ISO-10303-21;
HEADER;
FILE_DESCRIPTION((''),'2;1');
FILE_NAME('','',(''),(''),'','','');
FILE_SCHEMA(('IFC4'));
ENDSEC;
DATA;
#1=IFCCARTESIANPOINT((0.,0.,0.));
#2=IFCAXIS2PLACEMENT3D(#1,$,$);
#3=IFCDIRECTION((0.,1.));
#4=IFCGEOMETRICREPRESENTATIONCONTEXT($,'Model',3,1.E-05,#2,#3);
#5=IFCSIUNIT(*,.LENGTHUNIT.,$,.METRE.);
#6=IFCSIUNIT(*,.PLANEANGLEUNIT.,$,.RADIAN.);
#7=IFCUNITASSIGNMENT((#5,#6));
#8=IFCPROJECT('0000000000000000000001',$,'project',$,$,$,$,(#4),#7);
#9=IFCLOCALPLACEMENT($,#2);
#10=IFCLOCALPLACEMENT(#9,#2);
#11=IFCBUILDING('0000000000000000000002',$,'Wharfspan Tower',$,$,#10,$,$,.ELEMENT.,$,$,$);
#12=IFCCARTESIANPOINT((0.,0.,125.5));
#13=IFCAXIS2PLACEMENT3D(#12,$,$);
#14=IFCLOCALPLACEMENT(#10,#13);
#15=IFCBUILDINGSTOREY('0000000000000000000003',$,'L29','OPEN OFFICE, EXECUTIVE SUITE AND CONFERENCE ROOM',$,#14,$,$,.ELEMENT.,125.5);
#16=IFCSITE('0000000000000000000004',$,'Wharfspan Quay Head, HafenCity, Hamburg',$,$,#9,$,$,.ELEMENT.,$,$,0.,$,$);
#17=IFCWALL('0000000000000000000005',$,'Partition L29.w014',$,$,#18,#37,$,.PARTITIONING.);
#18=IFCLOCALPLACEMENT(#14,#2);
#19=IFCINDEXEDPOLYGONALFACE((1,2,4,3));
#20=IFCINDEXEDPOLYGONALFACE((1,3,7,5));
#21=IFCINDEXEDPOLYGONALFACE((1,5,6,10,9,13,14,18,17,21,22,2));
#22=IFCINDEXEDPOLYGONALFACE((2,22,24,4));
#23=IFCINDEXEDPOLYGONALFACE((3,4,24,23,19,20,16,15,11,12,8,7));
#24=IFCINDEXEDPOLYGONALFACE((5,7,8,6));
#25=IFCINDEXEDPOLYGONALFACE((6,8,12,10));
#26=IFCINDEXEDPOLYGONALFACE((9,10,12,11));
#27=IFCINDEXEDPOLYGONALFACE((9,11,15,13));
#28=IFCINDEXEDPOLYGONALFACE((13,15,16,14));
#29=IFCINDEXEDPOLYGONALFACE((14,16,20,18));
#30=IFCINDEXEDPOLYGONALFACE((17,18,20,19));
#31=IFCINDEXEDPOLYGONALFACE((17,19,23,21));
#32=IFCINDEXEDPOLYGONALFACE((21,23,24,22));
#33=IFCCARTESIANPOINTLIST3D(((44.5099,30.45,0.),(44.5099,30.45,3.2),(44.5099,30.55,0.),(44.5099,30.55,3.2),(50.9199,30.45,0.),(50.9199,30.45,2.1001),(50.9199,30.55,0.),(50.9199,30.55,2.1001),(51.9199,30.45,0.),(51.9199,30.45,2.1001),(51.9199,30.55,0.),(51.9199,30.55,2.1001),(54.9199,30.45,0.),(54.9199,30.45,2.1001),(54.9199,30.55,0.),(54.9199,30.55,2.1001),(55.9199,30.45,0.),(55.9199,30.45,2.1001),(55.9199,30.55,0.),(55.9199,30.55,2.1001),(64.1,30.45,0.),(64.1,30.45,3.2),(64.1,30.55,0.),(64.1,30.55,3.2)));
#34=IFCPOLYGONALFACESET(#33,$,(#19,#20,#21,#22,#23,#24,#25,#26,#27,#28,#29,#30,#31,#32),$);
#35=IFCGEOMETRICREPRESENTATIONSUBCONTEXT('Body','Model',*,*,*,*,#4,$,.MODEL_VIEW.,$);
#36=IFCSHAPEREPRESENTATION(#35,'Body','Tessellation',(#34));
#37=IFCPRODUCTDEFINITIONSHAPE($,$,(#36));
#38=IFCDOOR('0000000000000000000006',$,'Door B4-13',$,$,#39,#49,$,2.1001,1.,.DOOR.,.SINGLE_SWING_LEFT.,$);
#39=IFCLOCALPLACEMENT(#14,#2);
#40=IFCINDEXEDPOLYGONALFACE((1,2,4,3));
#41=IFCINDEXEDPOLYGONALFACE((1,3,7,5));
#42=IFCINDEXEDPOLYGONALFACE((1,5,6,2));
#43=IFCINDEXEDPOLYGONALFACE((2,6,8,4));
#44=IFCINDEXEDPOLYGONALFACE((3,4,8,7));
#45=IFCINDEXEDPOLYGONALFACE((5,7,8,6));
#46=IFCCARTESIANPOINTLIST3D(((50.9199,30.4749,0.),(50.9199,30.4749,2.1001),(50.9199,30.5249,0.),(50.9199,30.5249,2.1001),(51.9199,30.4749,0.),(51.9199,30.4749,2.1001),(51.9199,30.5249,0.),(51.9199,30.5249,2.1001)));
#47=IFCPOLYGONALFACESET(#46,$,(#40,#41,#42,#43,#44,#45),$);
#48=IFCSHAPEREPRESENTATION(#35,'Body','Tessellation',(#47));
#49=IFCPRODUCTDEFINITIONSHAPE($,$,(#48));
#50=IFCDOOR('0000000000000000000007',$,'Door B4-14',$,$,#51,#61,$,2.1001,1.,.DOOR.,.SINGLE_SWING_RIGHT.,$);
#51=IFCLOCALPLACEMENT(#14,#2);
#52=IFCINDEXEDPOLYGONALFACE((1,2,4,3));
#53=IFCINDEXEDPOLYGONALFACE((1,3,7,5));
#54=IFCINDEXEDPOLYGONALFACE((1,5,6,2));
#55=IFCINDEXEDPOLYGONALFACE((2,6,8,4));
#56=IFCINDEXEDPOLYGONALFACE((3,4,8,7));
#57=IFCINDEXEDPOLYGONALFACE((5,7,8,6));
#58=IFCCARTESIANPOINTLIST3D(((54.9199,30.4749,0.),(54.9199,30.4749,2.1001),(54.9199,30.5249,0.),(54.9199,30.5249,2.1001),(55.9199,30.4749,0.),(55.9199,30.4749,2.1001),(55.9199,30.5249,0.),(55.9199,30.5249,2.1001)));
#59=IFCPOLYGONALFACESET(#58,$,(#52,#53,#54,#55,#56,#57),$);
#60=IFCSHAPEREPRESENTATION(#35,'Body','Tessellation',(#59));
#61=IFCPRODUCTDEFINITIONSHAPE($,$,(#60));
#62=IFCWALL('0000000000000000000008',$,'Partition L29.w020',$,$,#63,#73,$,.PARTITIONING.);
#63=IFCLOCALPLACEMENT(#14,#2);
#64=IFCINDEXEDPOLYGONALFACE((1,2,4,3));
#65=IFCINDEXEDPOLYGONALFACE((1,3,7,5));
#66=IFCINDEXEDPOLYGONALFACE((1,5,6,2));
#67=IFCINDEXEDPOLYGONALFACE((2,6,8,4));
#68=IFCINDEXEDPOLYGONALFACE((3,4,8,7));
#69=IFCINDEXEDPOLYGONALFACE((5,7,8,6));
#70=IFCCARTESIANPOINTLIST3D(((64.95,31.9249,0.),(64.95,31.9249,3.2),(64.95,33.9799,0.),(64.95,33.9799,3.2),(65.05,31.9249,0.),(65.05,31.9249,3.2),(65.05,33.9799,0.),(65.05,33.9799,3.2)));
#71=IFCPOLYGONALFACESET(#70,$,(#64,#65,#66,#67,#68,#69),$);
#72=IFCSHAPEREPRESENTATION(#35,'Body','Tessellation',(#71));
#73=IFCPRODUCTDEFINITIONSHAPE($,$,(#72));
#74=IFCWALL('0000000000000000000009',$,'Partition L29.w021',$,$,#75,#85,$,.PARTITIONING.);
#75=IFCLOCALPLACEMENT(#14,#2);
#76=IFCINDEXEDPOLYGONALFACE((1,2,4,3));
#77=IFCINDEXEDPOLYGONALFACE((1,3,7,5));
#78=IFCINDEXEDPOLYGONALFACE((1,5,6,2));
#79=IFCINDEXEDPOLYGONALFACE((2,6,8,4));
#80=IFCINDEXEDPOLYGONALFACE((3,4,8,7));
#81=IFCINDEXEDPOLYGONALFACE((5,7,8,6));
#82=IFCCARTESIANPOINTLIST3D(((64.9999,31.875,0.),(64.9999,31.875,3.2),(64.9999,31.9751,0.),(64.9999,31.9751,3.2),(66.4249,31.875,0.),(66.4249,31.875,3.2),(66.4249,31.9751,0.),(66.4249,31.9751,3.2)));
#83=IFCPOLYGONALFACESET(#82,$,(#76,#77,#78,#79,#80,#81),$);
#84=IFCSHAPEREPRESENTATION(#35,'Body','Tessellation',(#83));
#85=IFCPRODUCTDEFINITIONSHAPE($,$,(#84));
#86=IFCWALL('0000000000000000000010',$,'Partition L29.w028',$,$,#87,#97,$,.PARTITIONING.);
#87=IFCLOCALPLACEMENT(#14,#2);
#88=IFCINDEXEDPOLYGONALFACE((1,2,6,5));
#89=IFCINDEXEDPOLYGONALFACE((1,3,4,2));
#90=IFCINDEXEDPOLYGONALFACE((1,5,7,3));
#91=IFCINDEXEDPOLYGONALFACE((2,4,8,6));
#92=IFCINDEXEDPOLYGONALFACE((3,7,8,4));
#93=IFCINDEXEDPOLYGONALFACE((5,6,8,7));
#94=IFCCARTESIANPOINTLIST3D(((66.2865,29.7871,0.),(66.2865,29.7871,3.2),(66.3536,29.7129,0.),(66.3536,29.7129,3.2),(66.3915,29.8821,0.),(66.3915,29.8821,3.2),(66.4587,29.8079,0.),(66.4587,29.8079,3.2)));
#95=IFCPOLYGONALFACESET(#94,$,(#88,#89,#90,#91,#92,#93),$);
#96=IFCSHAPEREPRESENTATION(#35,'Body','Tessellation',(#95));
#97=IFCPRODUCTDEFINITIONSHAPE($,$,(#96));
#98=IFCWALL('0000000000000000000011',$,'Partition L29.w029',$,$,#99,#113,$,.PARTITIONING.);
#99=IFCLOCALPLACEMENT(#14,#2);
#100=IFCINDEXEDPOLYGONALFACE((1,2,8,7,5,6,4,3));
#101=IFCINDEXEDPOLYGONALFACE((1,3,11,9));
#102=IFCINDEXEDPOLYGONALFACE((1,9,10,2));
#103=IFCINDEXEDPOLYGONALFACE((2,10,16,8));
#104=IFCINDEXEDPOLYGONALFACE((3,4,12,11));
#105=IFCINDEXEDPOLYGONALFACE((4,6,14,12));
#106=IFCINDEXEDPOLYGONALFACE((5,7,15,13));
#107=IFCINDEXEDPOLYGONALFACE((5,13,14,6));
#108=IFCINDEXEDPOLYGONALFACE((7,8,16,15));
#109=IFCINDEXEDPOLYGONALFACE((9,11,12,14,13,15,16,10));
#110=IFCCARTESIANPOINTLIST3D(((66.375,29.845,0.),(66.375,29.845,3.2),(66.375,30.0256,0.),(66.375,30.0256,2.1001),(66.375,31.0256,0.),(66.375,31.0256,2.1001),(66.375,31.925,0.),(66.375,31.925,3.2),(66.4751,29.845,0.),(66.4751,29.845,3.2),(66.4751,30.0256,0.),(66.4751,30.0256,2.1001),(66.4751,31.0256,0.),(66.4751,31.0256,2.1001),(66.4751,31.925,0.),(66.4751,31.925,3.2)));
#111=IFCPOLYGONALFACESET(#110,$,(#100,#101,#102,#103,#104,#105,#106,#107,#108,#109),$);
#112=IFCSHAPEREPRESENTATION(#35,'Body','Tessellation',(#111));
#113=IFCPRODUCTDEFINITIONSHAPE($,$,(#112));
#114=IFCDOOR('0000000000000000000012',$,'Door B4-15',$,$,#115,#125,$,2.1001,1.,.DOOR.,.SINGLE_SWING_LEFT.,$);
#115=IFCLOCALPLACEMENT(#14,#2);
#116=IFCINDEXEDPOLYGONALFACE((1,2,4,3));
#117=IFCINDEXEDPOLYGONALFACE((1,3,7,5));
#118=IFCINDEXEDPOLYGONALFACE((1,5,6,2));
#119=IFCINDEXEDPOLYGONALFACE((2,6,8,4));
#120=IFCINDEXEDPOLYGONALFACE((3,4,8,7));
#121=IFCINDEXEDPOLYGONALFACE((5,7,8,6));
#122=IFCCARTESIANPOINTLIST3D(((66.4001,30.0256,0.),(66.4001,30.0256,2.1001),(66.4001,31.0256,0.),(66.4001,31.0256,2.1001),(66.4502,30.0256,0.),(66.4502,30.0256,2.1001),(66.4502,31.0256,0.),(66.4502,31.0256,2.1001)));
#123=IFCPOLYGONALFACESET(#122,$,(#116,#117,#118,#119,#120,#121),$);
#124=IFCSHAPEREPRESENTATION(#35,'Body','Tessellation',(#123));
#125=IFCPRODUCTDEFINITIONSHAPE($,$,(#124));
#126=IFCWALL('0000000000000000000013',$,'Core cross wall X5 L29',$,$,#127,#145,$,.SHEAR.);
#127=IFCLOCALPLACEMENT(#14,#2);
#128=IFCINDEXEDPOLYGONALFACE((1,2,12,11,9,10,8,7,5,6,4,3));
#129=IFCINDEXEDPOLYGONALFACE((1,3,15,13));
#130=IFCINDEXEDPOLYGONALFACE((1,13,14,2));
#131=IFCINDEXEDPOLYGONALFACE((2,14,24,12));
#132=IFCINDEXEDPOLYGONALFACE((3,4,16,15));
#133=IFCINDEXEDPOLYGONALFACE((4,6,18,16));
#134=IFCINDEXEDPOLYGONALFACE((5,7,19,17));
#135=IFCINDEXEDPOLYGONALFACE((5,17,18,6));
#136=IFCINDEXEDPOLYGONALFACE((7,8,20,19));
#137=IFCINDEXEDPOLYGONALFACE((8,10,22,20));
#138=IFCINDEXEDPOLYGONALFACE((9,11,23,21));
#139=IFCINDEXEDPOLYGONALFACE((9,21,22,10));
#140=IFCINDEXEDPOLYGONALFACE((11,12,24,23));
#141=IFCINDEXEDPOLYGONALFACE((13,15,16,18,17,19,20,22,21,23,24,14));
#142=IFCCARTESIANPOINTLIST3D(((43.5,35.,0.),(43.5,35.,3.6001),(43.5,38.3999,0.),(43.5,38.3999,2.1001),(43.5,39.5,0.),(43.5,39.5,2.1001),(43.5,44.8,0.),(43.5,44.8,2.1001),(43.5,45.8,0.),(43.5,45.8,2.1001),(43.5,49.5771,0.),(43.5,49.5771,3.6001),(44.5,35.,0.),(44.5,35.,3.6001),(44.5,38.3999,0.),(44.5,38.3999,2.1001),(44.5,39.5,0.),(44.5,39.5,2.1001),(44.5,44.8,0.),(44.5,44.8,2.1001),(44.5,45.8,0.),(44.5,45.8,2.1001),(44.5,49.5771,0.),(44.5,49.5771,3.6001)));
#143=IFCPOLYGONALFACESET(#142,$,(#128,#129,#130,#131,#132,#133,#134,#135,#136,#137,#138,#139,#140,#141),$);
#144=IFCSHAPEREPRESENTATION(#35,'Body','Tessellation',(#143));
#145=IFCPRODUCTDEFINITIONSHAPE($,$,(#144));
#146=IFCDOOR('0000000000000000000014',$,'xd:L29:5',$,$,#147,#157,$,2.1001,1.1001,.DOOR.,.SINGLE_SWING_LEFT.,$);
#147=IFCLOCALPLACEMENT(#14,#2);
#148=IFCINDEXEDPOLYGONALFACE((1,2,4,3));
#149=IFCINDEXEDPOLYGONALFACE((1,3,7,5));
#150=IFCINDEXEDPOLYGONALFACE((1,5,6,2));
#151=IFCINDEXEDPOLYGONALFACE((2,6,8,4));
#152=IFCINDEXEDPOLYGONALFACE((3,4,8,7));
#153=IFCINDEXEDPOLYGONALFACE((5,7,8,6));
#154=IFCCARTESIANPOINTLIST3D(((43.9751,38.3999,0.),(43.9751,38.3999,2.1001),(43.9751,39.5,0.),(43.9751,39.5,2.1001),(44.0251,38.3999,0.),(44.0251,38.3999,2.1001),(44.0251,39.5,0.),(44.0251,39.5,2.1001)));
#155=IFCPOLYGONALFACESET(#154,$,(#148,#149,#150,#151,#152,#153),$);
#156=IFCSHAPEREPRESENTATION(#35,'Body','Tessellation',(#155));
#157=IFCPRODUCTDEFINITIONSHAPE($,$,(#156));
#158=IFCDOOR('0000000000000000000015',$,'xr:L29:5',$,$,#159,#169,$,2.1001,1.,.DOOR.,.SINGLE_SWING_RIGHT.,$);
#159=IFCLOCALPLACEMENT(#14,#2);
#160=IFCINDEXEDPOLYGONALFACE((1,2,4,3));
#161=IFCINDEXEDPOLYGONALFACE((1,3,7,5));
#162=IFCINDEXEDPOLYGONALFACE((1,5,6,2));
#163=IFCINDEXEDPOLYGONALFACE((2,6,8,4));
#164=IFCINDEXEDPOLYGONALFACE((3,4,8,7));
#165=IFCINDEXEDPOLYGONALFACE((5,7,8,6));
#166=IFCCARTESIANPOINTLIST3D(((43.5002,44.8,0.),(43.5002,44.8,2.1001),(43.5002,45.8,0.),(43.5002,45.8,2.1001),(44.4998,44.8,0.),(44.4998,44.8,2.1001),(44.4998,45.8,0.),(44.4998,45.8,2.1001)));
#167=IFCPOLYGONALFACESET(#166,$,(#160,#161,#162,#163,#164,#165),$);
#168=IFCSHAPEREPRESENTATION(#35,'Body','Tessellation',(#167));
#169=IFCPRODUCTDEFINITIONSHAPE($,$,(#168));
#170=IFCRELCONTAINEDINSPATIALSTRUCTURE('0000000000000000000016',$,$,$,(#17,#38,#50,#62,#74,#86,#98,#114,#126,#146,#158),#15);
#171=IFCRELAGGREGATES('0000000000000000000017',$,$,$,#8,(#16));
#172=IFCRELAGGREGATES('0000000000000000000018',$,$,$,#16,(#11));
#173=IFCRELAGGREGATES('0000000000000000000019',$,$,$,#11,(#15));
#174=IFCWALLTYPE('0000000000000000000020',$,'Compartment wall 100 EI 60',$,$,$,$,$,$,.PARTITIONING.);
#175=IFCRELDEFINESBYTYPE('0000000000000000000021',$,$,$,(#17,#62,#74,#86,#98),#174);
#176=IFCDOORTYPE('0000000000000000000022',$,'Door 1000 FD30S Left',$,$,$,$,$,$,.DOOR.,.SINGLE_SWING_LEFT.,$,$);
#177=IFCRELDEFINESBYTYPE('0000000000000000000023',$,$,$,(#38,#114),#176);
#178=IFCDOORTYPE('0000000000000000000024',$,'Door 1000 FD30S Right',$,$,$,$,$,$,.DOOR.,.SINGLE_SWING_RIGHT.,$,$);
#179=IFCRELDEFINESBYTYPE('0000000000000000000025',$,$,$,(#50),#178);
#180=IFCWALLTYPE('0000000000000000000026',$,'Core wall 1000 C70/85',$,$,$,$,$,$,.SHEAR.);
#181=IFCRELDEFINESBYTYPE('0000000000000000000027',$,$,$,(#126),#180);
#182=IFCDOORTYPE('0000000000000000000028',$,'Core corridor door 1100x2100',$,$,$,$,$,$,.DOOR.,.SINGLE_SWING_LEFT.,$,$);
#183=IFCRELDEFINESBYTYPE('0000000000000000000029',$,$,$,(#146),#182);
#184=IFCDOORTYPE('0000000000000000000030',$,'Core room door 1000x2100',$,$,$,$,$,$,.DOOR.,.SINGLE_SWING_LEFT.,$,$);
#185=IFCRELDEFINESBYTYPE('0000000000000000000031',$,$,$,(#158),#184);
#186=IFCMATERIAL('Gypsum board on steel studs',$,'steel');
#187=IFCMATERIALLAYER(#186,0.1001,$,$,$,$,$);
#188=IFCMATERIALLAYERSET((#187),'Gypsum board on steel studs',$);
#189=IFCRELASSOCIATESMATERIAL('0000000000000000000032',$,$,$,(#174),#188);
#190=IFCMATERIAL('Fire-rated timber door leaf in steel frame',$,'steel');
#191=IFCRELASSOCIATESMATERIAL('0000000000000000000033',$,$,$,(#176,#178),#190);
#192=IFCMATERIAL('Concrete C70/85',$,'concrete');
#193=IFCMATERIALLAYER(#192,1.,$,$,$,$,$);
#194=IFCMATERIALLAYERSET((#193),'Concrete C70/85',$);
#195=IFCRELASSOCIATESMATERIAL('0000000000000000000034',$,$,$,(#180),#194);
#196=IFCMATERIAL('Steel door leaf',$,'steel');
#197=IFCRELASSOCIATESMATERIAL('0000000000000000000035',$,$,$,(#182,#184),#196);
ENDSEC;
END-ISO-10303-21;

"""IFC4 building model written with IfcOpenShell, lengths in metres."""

from ifc_helpers import new_model, si_unit, direction, frame, frame_2d, origin, place, context, subcontext, project, spatial, rectangle, extrude, material, layer, layer_set, type_object, element, fill, save


model = new_model("IFC4")

# Units and contexts
model_context = context("Model", 3, precision=1e-05, world=origin(), true_north=direction((0.0, 1.0)))
body_context = subcontext(model_context, "Body", "Model", "MODEL_VIEW")
ifc_project = project(units=[si_unit("LENGTHUNIT", "METRE"), si_unit("PLANEANGLEUNIT", "RADIAN")], contexts=[model_context])

# Site, building, storey
site_placement = place(None, origin())
site = spatial("IfcSite", under=ifc_project, at=site_placement, Name="Wharfspan Quay Head, HafenCity, Hamburg", CompositionType="ELEMENT", RefElevation=0.0)
building_placement = place(site_placement, origin())
building = spatial("IfcBuilding", under=site, at=building_placement, Name="Wharfspan Tower", CompositionType="ELEMENT")
storey_placement = place(building_placement, frame((0.0, 0.0, 125.5)))
storey = spatial("IfcBuildingStorey", under=building, at=storey_placement, Name="L29", Description="OPEN OFFICE, EXECUTIVE SUITE AND CONFERENCE ROOM", CompositionType="ELEMENT", Elevation=125.5)

# Wall, openings, doors
ifc_material_1 = material(Name="Gypsum board on steel studs", Category="steel")
ifc_layer_1 = layer(ifc_material_1, 0.1001)
ifc_layer_set_1 = layer_set([ifc_layer_1], Name="Gypsum board on steel studs")
wall_type_1 = type_object("IfcWallType", Name="Compartment wall 100 EI 60", PredefinedType="PARTITIONING", material=ifc_layer_set_1)
wall_1_placement = place(storey_placement, frame((44.51, 30.5, 0.0), z_axis=(0.0, 0.0, 1.0), x_axis=(1.0, 0.0, 0.0)))
wall_1 = element("IfcWall", 1, at=wall_1_placement, inside=storey, type_object=wall_type_1, Name="Partition L29.w014", PredefinedType="PARTITIONING", context=body_context, shape_type="SweptSolid", body=[
    extrude(rectangle(XDim=19.5901, YDim=0.1001, at=frame_2d((9.7949, 0.0))), origin(), (0.0, 0.0, 1.0), 3.2),
])
opening_1_placement = place(wall_1_placement, frame((6.4099, 0.0, 0.0)))
opening_1 = element("IfcOpeningElement", 2, at=opening_1_placement, cuts=wall_1, PredefinedType="OPENING", context=body_context, shape_type="SweptSolid", body=[
    extrude(rectangle(XDim=1.0, YDim=2.1001, at=frame_2d((0.5, 1.05))), frame((0.0, 0.0601, 0.0), z_axis=(0.0, -1.0, 0.0), x_axis=(1.0, 0.0, 0.0)), (0.0, 0.0, 1.0), 0.1201),
])
opening_2_placement = place(wall_1_placement, frame((10.4099, 0.0, 0.0)))
opening_2 = element("IfcOpeningElement", 3, at=opening_2_placement, cuts=wall_1, PredefinedType="OPENING", context=body_context, shape_type="SweptSolid", body=[
    extrude(rectangle(XDim=1.0, YDim=2.1001, at=frame_2d((0.5, 1.05))), frame((0.0, 0.0601, 0.0), z_axis=(0.0, -1.0, 0.0), x_axis=(1.0, 0.0, 0.0)), (0.0, 0.0, 1.0), 0.1201),
])
ifc_material_2 = material(Name="Fire-rated timber door leaf in steel frame", Category="steel")
door_type_1 = type_object("IfcDoorType", Name="Door 1000 FD30S Left", OperationType="SINGLE_SWING_LEFT", PredefinedType="DOOR", material=ifc_material_2)
door_1_placement = place(opening_1_placement, origin())
door_1 = element("IfcDoor", 4, at=door_1_placement, inside=storey, type_object=door_type_1, Name="Door B4-13", OperationType="SINGLE_SWING_LEFT", OverallHeight=2.1001, OverallWidth=1.0, PredefinedType="DOOR", context=body_context, shape_type="SweptSolid", body=[
    extrude(rectangle(XDim=1.0, YDim=2.1001, at=frame_2d((0.5, 1.05))), frame((0.0, 0.0249, 0.0), z_axis=(0.0, -1.0, 0.0), x_axis=(1.0, 0.0, 0.0)), (0.0, 0.0, 1.0), 0.05),
])
fill(opening_1, door_1)
door_type_2 = type_object("IfcDoorType", Name="Door 1000 FD30S Right", OperationType="SINGLE_SWING_RIGHT", PredefinedType="DOOR", material=ifc_material_2)
door_2_placement = place(opening_2_placement, origin())
door_2 = element("IfcDoor", 5, at=door_2_placement, inside=storey, type_object=door_type_2, Name="Door B4-14", OperationType="SINGLE_SWING_RIGHT", OverallHeight=2.1001, OverallWidth=1.0, PredefinedType="DOOR", context=body_context, shape_type="SweptSolid", body=[
    extrude(rectangle(XDim=1.0, YDim=2.1001, at=frame_2d((0.5, 1.05))), frame((0.0, 0.0249, 0.0), z_axis=(0.0, -1.0, 0.0), x_axis=(1.0, 0.0, 0.0)), (0.0, 0.0, 1.0), 0.05),
])
fill(opening_2, door_2)

# Walls
wall_2_placement = place(storey_placement, frame((65.0, 31.925, 0.0), z_axis=(0.0, 0.0, 1.0), x_axis=(0.0, 1.0, 0.0)))
element("IfcWall", 6, at=wall_2_placement, inside=storey, type_object=wall_type_1, Name="Partition L29.w020", PredefinedType="PARTITIONING", context=body_context, shape_type="SweptSolid", body=[
    extrude(rectangle(XDim=2.0549, YDim=0.1001, at=frame_2d((1.0273, 0.0))), origin(), (0.0, 0.0, 1.0), 3.2),
])
wall_3_placement = place(storey_placement, frame((65.0, 31.925, 0.0), z_axis=(0.0, 0.0, 1.0), x_axis=(1.0, 0.0, 0.0)))
element("IfcWall", 7, at=wall_3_placement, inside=storey, type_object=wall_type_1, Name="Partition L29.w021", PredefinedType="PARTITIONING", context=body_context, shape_type="SweptSolid", body=[
    extrude(rectangle(XDim=1.425, YDim=0.1001, at=frame_2d((0.7124, 0.0))), origin(), (0.0, 0.0, 1.0), 3.2),
])
wall_4_placement = place(storey_placement, frame((66.3201, 29.75, 0.0), z_axis=(0.0, 0.0, 1.0), x_axis=(0.741581, 0.670872, 0.0)))
element("IfcWall", 8, at=wall_4_placement, inside=storey, type_object=wall_type_1, Name="Partition L29.w028", PredefinedType="PARTITIONING", context=body_context, shape_type="SweptSolid", body=[
    extrude(rectangle(XDim=0.1416, YDim=0.1001, at=frame_2d((0.0708, 0.0))), origin(), (0.0, 0.0, 1.0), 3.2),
])

# Wall, opening, door
wall_5_placement = place(storey_placement, frame((66.425, 29.845, 0.0), z_axis=(0.0, 0.0, 1.0), x_axis=(0.0, 1.0, 0.0)))
wall_5 = element("IfcWall", 9, at=wall_5_placement, inside=storey, type_object=wall_type_1, Name="Partition L29.w029", PredefinedType="PARTITIONING", context=body_context, shape_type="SweptSolid", body=[
    extrude(rectangle(XDim=2.0801, YDim=0.1001, at=frame_2d((1.04, 0.0))), origin(), (0.0, 0.0, 1.0), 3.2),
])
opening_3_placement = place(wall_5_placement, frame((0.1807, 0.0, 0.0)))
opening_3 = element("IfcOpeningElement", 10, at=opening_3_placement, cuts=wall_5, PredefinedType="OPENING", context=body_context, shape_type="SweptSolid", body=[
    extrude(rectangle(XDim=1.0, YDim=2.1001, at=frame_2d((0.5, 1.05))), frame((0.0, 0.0601, 0.0), z_axis=(0.0, -1.0, 0.0), x_axis=(1.0, 0.0, 0.0)), (0.0, 0.0, 1.0), 0.1201),
])
door_3_placement = place(opening_3_placement, origin())
door_3 = element("IfcDoor", 11, at=door_3_placement, inside=storey, type_object=door_type_1, Name="Door B4-15", OperationType="SINGLE_SWING_LEFT", OverallHeight=2.1001, OverallWidth=1.0, PredefinedType="DOOR", context=body_context, shape_type="SweptSolid", body=[
    extrude(rectangle(XDim=1.0, YDim=2.1001, at=frame_2d((0.5, 1.05))), frame((0.0, 0.0249, 0.0), z_axis=(0.0, -1.0, 0.0), x_axis=(1.0, 0.0, 0.0)), (0.0, 0.0, 1.0), 0.05),
])
fill(opening_3, door_3)

# Wall, openings, doors
ifc_material_3 = material(Name="Concrete C70/85", Category="concrete")
ifc_layer_2 = layer(ifc_material_3, 1.0)
ifc_layer_set_2 = layer_set([ifc_layer_2], Name="Concrete C70/85")
wall_type_2 = type_object("IfcWallType", Name="Core wall 1000 C70/85", PredefinedType="SHEAR", material=ifc_layer_set_2)
wall_6_placement = place(storey_placement, frame((44.0, 35.0, 0.0), z_axis=(0.0, 0.0, 1.0), x_axis=(0.0, 1.0, 0.0)))
wall_6 = element("IfcWall", 12, at=wall_6_placement, inside=storey, type_object=wall_type_2, Name="Core cross wall X5 L29", PredefinedType="SHEAR", context=body_context, shape_type="SweptSolid", body=[
    extrude(rectangle(XDim=14.5771, YDim=1.0, at=frame_2d((7.2886, 0.0))), origin(), (0.0, 0.0, 1.0), 3.6001),
])
opening_4_placement = place(wall_6_placement, frame((3.3999, 0.0, 0.0)))
opening_4 = element("IfcOpeningElement", 13, at=opening_4_placement, cuts=wall_6, PredefinedType="OPENING", context=body_context, shape_type="SweptSolid", body=[
    extrude(rectangle(XDim=1.1001, YDim=2.1001, at=frame_2d((0.55, 1.05))), frame((0.0, 0.51, 0.0), z_axis=(0.0, -1.0, 0.0), x_axis=(1.0, 0.0, 0.0)), (0.0, 0.0, 1.0), 1.02),
])
opening_5_placement = place(wall_6_placement, frame((9.8, 0.0, 0.0)))
opening_5 = element("IfcOpeningElement", 14, at=opening_5_placement, cuts=wall_6, PredefinedType="OPENING", context=body_context, shape_type="SweptSolid", body=[
    extrude(rectangle(XDim=1.0, YDim=2.1001, at=frame_2d((0.5, 1.05))), frame((0.0, 0.51, 0.0), z_axis=(0.0, -1.0, 0.0), x_axis=(1.0, 0.0, 0.0)), (0.0, 0.0, 1.0), 1.02),
])
ifc_material_4 = material(Name="Steel door leaf", Category="steel")
door_type_3 = type_object("IfcDoorType", Name="Core corridor door 1100x2100", OperationType="SINGLE_SWING_LEFT", PredefinedType="DOOR", material=ifc_material_4)
door_4_placement = place(opening_4_placement, origin())
door_4 = element("IfcDoor", 15, at=door_4_placement, inside=storey, type_object=door_type_3, Name="xd:L29:5", OperationType="SINGLE_SWING_LEFT", OverallHeight=2.1001, OverallWidth=1.1001, PredefinedType="DOOR", context=body_context, shape_type="SweptSolid", body=[
    extrude(rectangle(XDim=1.1001, YDim=2.1001, at=frame_2d((0.55, 1.05))), frame((0.0, 0.0249, 0.0), z_axis=(0.0, -1.0, 0.0), x_axis=(1.0, 0.0, 0.0)), (0.0, 0.0, 1.0), 0.05),
])
fill(opening_4, door_4)
door_type_4 = type_object("IfcDoorType", Name="Core room door 1000x2100", OperationType="SINGLE_SWING_LEFT", PredefinedType="DOOR", material=ifc_material_4)
door_5_placement = place(opening_5_placement, origin())
door_5 = element("IfcDoor", 16, at=door_5_placement, inside=storey, type_object=door_type_4, Name="xr:L29:5", OperationType="SINGLE_SWING_RIGHT", OverallHeight=2.1001, OverallWidth=1.0, PredefinedType="DOOR", context=body_context, shape_type="SweptSolid", body=[
    extrude(rectangle(XDim=1.0, YDim=2.1001, at=frame_2d((0.5, 1.05))), frame((0.0, 0.4998, 0.0), z_axis=(0.0, -1.0, 0.0), x_axis=(1.0, 0.0, 0.0)), (0.0, 0.0, 1.0), 0.9995),
])
fill(opening_5, door_5)

save(model, "model.ifc")
